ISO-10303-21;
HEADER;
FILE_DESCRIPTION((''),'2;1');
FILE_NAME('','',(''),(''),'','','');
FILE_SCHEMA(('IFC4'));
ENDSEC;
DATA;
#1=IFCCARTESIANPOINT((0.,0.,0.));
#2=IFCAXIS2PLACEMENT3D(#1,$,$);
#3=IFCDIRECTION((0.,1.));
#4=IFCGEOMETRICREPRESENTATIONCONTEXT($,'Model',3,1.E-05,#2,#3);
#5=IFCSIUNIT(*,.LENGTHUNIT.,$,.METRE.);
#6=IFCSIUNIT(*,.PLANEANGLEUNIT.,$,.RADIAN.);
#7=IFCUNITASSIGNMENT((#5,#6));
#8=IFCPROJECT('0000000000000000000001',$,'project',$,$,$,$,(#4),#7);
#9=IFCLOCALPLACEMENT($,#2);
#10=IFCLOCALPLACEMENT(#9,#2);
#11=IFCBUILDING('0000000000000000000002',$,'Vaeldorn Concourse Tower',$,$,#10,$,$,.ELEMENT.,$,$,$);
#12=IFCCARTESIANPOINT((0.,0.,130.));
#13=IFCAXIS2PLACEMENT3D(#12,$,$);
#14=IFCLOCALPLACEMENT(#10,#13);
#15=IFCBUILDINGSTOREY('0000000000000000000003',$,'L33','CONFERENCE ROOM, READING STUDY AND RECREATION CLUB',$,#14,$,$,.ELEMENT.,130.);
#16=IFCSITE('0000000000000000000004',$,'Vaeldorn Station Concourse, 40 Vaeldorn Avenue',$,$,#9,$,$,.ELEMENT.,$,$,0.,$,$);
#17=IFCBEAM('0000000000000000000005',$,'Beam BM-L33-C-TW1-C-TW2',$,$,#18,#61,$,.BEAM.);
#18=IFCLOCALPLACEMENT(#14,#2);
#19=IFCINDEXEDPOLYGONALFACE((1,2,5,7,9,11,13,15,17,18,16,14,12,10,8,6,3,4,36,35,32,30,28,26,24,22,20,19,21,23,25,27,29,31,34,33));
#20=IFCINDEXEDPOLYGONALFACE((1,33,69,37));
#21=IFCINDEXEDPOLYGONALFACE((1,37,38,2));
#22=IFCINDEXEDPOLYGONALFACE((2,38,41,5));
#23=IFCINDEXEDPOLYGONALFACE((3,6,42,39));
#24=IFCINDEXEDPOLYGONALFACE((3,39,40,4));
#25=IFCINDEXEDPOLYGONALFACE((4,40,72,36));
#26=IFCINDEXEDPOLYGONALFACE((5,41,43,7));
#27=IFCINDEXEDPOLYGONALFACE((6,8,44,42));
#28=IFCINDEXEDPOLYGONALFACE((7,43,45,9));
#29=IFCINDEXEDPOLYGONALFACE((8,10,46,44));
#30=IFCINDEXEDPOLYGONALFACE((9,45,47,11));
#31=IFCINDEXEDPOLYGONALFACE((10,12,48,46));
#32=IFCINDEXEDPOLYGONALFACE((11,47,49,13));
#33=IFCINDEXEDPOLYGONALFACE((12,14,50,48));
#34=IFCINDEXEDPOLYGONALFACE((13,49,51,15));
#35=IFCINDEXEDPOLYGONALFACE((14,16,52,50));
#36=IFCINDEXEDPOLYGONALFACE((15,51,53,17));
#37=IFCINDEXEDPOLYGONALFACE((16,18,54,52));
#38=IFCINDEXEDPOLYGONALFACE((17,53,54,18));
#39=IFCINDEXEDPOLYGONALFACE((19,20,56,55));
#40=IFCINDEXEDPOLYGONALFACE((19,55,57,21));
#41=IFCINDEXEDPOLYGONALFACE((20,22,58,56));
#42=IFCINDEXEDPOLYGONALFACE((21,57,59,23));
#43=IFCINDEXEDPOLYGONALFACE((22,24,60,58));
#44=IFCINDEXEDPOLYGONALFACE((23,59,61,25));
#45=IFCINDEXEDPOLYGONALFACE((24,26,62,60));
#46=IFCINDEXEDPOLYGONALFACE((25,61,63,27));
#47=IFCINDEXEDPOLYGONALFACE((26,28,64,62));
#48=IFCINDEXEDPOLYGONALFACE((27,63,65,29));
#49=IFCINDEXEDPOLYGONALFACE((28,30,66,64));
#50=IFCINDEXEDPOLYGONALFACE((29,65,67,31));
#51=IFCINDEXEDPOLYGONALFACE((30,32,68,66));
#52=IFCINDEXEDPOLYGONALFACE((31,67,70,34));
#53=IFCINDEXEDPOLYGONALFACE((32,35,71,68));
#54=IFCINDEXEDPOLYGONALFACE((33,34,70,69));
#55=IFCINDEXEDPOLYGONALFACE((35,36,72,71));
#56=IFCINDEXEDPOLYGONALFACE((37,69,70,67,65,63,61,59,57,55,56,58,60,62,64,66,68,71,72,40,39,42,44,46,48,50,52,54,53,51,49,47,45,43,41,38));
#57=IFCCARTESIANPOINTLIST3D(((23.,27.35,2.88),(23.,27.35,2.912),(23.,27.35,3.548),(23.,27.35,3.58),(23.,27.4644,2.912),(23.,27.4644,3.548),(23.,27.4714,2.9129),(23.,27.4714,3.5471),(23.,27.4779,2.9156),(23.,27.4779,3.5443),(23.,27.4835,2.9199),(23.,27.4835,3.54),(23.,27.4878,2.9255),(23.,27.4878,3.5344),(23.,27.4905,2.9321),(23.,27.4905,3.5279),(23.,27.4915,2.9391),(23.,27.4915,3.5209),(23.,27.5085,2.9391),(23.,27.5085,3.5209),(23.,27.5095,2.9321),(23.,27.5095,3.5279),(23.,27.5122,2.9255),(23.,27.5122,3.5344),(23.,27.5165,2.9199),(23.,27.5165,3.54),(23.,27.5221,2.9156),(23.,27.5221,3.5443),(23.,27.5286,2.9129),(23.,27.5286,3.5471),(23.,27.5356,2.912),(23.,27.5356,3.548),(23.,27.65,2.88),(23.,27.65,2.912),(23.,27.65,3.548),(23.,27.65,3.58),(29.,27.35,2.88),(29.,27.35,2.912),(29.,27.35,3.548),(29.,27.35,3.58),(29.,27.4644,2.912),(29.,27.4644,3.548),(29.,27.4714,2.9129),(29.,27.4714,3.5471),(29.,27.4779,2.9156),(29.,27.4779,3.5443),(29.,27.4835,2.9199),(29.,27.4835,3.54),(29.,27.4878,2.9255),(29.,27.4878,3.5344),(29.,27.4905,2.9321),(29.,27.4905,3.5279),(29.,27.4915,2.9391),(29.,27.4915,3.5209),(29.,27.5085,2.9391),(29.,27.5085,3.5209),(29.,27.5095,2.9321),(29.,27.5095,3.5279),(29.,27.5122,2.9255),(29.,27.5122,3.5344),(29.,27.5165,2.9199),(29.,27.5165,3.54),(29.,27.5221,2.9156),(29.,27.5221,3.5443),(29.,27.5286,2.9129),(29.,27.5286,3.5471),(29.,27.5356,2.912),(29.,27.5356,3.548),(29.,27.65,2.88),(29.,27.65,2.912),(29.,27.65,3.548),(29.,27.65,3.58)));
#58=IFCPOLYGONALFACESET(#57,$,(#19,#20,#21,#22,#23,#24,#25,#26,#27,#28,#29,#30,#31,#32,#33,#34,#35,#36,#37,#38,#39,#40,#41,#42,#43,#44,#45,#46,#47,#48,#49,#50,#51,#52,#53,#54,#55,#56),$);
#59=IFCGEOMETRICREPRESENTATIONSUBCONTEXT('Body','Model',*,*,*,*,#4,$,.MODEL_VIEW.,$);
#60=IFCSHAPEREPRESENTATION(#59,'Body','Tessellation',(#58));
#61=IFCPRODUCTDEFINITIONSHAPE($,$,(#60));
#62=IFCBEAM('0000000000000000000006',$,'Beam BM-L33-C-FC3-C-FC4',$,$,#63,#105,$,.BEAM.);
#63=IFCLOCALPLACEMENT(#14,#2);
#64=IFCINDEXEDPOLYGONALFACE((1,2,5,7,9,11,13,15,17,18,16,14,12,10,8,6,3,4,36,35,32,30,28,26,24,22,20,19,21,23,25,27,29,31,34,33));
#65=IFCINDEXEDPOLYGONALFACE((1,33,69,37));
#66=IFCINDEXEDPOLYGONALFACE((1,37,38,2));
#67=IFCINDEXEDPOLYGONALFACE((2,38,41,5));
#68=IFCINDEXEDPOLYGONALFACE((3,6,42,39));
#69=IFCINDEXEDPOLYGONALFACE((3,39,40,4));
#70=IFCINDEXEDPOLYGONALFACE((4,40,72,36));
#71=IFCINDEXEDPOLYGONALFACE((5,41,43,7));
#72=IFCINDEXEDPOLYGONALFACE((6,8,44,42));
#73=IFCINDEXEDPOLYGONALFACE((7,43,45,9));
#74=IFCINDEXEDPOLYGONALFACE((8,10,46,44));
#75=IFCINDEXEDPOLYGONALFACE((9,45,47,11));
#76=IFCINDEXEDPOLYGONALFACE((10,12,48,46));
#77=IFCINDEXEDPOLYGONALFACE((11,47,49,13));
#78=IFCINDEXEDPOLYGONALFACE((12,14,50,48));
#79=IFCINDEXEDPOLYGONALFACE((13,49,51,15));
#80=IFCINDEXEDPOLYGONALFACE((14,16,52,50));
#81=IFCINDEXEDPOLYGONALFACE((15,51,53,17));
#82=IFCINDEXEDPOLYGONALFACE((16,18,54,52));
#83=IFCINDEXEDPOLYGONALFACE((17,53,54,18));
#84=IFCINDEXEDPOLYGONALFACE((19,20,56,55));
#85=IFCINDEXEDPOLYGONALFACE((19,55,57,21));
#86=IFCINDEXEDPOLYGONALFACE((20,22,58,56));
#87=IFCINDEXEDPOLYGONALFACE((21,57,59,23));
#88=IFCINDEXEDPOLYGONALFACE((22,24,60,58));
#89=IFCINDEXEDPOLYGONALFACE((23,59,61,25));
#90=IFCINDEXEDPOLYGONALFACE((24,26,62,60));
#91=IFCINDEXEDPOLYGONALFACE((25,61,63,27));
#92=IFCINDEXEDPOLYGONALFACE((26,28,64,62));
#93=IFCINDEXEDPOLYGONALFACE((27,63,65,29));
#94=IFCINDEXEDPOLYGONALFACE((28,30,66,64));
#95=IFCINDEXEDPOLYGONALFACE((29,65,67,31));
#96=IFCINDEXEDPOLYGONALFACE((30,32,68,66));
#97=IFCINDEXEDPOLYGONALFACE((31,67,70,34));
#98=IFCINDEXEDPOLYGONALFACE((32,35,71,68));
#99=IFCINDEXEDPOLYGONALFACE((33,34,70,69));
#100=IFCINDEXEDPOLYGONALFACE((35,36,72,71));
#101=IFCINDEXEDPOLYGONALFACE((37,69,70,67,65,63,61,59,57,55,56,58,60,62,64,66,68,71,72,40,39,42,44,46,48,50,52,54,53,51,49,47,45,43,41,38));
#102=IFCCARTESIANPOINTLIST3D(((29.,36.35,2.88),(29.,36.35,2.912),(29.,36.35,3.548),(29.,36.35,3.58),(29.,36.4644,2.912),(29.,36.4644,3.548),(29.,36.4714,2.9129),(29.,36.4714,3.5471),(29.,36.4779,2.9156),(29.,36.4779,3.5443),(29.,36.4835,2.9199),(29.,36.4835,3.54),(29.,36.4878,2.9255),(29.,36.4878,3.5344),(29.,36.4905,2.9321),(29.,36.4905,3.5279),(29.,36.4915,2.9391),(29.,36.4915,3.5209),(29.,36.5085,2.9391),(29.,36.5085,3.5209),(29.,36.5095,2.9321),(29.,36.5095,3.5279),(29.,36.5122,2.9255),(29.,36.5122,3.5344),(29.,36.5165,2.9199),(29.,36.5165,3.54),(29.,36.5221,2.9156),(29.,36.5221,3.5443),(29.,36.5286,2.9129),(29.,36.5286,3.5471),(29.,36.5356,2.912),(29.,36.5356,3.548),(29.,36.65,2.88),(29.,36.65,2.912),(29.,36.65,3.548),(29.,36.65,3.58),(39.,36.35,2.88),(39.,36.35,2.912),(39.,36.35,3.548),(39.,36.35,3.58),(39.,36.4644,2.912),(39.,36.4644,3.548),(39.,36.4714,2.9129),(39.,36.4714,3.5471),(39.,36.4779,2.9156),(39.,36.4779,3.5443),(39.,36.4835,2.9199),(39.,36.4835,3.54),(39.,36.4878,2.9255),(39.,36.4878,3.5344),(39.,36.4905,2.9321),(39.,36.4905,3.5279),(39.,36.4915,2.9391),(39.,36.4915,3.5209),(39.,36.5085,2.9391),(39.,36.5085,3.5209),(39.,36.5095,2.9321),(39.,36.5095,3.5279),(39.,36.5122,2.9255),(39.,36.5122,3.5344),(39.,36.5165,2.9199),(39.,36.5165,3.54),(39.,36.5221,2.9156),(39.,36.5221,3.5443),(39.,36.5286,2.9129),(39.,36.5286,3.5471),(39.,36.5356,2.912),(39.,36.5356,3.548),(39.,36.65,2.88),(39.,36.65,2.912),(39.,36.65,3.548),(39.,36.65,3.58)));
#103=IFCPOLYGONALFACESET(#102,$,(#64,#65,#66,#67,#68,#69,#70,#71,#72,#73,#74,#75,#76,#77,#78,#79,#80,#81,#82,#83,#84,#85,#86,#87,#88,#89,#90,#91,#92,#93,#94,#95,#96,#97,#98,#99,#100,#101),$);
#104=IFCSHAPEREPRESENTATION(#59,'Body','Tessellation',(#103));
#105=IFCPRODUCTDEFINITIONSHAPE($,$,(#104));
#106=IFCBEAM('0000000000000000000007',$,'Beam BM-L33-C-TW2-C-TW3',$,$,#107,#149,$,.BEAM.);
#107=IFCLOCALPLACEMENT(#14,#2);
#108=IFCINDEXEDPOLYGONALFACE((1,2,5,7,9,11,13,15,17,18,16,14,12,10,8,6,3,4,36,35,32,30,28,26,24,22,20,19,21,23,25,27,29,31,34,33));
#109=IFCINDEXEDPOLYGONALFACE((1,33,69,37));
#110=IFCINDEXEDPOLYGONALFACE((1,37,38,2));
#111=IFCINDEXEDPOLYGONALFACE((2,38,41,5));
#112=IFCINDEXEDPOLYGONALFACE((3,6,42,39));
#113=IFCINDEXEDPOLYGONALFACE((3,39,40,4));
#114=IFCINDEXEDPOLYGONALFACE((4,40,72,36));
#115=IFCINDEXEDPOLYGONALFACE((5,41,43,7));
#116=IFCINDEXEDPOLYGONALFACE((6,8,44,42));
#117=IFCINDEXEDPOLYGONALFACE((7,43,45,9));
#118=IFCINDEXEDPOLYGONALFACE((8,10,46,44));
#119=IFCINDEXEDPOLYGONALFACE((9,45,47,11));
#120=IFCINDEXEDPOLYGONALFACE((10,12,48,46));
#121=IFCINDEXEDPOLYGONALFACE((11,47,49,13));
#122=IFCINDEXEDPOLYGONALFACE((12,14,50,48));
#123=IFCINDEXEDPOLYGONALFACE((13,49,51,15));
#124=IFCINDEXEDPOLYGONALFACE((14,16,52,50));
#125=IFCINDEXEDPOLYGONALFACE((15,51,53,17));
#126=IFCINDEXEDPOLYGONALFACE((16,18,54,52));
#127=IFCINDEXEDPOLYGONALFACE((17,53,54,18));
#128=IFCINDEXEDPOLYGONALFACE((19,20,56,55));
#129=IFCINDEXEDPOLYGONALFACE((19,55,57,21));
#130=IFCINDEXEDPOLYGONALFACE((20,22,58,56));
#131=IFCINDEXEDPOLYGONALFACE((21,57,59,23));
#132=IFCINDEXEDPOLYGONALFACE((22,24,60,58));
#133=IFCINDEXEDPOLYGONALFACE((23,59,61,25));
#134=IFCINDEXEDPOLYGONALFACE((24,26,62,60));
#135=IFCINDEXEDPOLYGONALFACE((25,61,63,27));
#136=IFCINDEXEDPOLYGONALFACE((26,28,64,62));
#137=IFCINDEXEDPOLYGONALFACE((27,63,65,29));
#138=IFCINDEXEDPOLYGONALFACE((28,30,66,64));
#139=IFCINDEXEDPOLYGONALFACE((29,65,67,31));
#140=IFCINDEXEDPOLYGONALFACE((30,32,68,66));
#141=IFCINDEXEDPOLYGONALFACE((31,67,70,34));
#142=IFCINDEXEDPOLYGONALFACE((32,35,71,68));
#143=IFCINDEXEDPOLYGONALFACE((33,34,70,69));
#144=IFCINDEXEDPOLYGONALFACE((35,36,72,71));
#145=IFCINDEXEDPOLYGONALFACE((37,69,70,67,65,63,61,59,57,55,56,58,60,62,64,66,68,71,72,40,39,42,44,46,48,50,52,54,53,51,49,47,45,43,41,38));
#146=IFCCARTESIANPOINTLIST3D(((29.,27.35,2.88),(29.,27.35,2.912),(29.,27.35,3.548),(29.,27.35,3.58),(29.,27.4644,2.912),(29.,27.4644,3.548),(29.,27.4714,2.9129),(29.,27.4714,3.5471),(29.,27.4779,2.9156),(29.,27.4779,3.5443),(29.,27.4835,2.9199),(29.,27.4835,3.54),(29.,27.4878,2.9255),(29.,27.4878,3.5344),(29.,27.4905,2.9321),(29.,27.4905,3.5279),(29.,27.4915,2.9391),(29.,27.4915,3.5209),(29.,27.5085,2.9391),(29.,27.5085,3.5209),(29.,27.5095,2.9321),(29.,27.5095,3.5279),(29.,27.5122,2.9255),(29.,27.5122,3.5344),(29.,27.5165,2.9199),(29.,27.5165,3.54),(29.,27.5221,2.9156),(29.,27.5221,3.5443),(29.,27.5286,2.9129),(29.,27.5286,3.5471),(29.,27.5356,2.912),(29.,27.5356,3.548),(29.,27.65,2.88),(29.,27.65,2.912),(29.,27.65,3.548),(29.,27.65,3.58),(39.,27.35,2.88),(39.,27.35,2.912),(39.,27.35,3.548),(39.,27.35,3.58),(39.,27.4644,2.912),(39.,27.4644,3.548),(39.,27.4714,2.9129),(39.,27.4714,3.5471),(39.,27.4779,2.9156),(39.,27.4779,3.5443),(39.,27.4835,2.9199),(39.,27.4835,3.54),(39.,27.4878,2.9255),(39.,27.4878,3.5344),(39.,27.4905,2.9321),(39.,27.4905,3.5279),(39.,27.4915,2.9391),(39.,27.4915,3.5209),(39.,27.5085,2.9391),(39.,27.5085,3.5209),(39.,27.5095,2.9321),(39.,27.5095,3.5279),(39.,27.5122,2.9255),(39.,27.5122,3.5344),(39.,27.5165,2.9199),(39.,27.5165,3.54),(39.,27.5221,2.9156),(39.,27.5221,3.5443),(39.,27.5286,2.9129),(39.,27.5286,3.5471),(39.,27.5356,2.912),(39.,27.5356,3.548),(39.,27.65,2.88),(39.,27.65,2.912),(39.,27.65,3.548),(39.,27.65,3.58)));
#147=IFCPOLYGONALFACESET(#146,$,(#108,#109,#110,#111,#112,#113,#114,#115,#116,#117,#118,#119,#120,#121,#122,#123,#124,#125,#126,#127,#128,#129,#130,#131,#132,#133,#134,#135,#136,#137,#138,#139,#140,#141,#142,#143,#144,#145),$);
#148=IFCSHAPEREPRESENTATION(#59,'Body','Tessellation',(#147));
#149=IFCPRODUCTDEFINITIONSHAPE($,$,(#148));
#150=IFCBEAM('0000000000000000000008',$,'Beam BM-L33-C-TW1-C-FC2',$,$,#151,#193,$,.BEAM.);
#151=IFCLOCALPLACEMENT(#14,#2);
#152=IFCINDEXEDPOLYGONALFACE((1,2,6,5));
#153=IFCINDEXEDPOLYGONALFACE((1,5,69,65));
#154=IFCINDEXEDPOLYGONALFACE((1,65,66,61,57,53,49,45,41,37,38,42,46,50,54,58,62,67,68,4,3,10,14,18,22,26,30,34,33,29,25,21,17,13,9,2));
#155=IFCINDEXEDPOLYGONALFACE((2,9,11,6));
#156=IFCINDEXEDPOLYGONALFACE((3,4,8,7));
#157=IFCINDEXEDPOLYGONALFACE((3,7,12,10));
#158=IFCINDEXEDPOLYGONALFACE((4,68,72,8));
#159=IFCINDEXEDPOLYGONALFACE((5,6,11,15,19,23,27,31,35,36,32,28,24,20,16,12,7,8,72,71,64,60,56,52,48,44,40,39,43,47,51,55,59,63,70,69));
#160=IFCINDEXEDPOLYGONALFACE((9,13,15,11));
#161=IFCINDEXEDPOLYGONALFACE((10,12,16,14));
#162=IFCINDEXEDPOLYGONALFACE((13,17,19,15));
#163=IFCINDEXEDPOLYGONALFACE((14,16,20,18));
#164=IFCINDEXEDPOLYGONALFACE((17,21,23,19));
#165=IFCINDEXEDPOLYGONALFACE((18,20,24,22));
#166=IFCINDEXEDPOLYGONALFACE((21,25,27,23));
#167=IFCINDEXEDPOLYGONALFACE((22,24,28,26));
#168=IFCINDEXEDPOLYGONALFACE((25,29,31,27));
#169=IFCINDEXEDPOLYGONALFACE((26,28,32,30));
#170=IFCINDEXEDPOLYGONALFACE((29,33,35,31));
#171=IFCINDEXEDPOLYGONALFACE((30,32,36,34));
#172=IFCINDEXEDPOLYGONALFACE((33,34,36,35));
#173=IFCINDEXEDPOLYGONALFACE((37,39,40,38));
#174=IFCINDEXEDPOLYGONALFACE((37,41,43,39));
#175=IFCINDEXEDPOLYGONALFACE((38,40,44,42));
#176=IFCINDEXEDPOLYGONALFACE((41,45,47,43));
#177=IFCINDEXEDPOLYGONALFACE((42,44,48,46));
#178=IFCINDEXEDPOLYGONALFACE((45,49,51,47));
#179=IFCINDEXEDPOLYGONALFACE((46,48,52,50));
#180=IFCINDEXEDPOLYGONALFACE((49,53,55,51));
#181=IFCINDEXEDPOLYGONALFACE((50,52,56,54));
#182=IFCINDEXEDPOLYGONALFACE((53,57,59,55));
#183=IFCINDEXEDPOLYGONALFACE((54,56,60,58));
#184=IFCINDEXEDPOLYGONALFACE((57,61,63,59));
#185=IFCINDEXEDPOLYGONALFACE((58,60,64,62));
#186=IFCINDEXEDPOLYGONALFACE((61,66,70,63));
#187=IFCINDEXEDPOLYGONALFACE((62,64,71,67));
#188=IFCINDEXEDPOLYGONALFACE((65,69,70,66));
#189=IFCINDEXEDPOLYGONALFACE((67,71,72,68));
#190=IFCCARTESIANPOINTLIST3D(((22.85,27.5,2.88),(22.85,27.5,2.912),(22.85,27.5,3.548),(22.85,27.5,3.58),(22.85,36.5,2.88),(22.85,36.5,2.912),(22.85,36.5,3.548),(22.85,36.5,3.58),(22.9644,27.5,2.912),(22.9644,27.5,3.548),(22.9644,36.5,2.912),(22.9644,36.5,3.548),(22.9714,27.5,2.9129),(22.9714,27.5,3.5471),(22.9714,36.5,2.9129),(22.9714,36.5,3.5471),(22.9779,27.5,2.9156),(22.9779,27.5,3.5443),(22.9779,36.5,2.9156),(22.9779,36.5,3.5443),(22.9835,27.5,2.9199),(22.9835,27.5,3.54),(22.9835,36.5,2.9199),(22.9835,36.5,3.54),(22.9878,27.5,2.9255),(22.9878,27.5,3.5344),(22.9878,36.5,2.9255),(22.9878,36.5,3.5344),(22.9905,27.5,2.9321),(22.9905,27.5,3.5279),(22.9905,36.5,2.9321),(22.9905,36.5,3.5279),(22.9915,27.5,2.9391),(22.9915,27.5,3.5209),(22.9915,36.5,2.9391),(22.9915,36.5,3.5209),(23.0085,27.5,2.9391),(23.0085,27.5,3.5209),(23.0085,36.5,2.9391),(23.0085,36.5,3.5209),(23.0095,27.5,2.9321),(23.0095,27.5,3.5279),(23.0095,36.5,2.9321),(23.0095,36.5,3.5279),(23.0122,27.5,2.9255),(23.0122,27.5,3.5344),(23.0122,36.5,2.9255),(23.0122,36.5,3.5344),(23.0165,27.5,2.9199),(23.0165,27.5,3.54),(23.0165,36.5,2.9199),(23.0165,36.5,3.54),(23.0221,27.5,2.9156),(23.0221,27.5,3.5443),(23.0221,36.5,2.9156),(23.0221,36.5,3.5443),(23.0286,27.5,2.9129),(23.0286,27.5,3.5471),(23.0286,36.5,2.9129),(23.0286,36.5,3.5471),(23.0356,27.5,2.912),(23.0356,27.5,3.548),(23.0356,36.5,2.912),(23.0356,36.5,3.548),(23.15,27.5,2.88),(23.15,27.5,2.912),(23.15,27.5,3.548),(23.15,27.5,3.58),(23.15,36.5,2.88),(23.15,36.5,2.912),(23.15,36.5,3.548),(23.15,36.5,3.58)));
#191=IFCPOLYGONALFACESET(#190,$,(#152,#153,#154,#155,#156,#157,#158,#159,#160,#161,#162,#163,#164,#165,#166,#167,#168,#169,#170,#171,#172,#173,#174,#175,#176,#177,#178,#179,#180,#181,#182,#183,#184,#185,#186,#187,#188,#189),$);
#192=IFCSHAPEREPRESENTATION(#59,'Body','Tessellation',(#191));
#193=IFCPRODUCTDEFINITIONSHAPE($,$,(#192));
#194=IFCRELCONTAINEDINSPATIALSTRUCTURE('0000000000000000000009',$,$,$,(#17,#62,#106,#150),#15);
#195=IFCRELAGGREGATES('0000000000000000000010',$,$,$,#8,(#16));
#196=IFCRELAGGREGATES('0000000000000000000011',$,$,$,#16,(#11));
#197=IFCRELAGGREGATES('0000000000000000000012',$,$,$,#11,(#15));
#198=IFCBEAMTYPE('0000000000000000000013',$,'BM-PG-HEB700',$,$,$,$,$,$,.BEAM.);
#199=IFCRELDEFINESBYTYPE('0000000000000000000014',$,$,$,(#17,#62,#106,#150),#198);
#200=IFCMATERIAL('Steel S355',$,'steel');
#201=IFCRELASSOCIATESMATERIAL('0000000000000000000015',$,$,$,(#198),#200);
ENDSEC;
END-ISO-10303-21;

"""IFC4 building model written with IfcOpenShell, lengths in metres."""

from ifc_helpers import new_model, si_unit, direction, frame, origin, origin_2d, place, context, subcontext, project, spatial, i_section, extrude, source, transform, mapped, material, material_profile, profile_set, type_object, element, save


model = new_model("IFC4")

# Units and contexts
model_context = context("Model", 3, precision=1e-05, world=origin(), true_north=direction((0.0, 1.0)))
body_context = subcontext(model_context, "Body", "Model", "MODEL_VIEW")
ifc_project = project(units=[si_unit("LENGTHUNIT", "METRE"), si_unit("PLANEANGLEUNIT", "RADIAN")], contexts=[model_context])

# Site, building, storey
site_placement = place(None, origin())
site = spatial("IfcSite", under=ifc_project, at=site_placement, Name="Vaeldorn Station Concourse, 40 Vaeldorn Avenue", CompositionType="ELEMENT", RefElevation=0.0)
building_placement = place(site_placement, origin())
building = spatial("IfcBuilding", under=site, at=building_placement, Name="Vaeldorn Concourse Tower", CompositionType="ELEMENT")
storey_placement = place(building_placement, frame((0.0, 0.0, 130.0)))
storey = spatial("IfcBuildingStorey", under=building, at=storey_placement, Name="L33", Description="CONFERENCE ROOM, READING STUDY AND RECREATION CLUB", CompositionType="ELEMENT", Elevation=130.0)

# Beams
ifc_material_1 = material(Name="Steel S355", Category="steel")
ifc_material_profile_1 = material_profile(ifc_material_1, i_section(OverallWidth=0.3, OverallDepth=0.7, WebThickness=0.0171, FlangeThickness=0.032, FilletRadius=0.0271, at=origin_2d()), Name="HEB 700")
ifc_profile_set_1 = profile_set([ifc_material_profile_1], Name="Steel S355")
beam_type_1 = type_object("IfcBeamType", Name="BM-PG-HEB700", PredefinedType="BEAM", material=ifc_profile_set_1)
shared_shape_1 = source(origin(), body_context, "Body", "SweptSolid", [
    extrude(i_section(OverallWidth=0.3, OverallDepth=0.7, WebThickness=0.0171, FlangeThickness=0.032, FilletRadius=0.0271, at=origin_2d()), origin(), (0.0, 0.0, 1.0), 6.0),
])
for number, where, z_axis, x_axis, name in (
    (1, (23.0, 27.5, 3.23), (1.0, 0.0, 0.0), (0.0, 1.0, 0.0), "Beam BM-L33-C-TW1-C-TW2"),
):
    element("IfcBeam", number, at=place(storey_placement, frame(where, z_axis=z_axis, x_axis=x_axis)), inside=storey, type_object=beam_type_1, Name=name, PredefinedType="BEAM", context=body_context, shape_type="MappedRepresentation", body=[
        mapped(shared_shape_1, transform((0.0, 0.0, 0.0), scale=1.0)),
    ])
shared_shape_2 = source(origin(), body_context, "Body", "SweptSolid", [
    extrude(i_section(OverallWidth=0.3, OverallDepth=0.7, WebThickness=0.0171, FlangeThickness=0.032, FilletRadius=0.0271, at=origin_2d()), origin(), (0.0, 0.0, 1.0), 10.0),
])
for number, where, z_axis, x_axis, name in (
    (2, (29.0, 36.5, 3.23), (1.0, 0.0, 0.0), (0.0, 1.0, 0.0), "Beam BM-L33-C-FC3-C-FC4"),
    (3, (29.0, 27.5, 3.23), (1.0, 0.0, 0.0), (0.0, 1.0, 0.0), "Beam BM-L33-C-TW2-C-TW3"),
):
    element("IfcBeam", number, at=place(storey_placement, frame(where, z_axis=z_axis, x_axis=x_axis)), inside=storey, type_object=beam_type_1, Name=name, PredefinedType="BEAM", context=body_context, shape_type="MappedRepresentation", body=[
        mapped(shared_shape_2, transform((0.0, 0.0, 0.0), scale=1.0)),
    ])
shared_shape_3 = source(origin(), body_context, "Body", "SweptSolid", [
    extrude(i_section(OverallWidth=0.3, OverallDepth=0.7, WebThickness=0.0171, FlangeThickness=0.032, FilletRadius=0.0271, at=origin_2d()), origin(), (0.0, 0.0, 1.0), 9.0),
])
for number, where, z_axis, x_axis, name in (
    (4, (23.0, 27.5, 3.23), (0.0, 1.0, 0.0), (-1.0, 0.0, 0.0), "Beam BM-L33-C-TW1-C-FC2"),
):
    element("IfcBeam", number, at=place(storey_placement, frame(where, z_axis=z_axis, x_axis=x_axis)), inside=storey, type_object=beam_type_1, Name=name, PredefinedType="BEAM", context=body_context, shape_type="MappedRepresentation", body=[
        mapped(shared_shape_3, transform((0.0, 0.0, 0.0), scale=1.0)),
    ])

save(model, "model.ifc")
